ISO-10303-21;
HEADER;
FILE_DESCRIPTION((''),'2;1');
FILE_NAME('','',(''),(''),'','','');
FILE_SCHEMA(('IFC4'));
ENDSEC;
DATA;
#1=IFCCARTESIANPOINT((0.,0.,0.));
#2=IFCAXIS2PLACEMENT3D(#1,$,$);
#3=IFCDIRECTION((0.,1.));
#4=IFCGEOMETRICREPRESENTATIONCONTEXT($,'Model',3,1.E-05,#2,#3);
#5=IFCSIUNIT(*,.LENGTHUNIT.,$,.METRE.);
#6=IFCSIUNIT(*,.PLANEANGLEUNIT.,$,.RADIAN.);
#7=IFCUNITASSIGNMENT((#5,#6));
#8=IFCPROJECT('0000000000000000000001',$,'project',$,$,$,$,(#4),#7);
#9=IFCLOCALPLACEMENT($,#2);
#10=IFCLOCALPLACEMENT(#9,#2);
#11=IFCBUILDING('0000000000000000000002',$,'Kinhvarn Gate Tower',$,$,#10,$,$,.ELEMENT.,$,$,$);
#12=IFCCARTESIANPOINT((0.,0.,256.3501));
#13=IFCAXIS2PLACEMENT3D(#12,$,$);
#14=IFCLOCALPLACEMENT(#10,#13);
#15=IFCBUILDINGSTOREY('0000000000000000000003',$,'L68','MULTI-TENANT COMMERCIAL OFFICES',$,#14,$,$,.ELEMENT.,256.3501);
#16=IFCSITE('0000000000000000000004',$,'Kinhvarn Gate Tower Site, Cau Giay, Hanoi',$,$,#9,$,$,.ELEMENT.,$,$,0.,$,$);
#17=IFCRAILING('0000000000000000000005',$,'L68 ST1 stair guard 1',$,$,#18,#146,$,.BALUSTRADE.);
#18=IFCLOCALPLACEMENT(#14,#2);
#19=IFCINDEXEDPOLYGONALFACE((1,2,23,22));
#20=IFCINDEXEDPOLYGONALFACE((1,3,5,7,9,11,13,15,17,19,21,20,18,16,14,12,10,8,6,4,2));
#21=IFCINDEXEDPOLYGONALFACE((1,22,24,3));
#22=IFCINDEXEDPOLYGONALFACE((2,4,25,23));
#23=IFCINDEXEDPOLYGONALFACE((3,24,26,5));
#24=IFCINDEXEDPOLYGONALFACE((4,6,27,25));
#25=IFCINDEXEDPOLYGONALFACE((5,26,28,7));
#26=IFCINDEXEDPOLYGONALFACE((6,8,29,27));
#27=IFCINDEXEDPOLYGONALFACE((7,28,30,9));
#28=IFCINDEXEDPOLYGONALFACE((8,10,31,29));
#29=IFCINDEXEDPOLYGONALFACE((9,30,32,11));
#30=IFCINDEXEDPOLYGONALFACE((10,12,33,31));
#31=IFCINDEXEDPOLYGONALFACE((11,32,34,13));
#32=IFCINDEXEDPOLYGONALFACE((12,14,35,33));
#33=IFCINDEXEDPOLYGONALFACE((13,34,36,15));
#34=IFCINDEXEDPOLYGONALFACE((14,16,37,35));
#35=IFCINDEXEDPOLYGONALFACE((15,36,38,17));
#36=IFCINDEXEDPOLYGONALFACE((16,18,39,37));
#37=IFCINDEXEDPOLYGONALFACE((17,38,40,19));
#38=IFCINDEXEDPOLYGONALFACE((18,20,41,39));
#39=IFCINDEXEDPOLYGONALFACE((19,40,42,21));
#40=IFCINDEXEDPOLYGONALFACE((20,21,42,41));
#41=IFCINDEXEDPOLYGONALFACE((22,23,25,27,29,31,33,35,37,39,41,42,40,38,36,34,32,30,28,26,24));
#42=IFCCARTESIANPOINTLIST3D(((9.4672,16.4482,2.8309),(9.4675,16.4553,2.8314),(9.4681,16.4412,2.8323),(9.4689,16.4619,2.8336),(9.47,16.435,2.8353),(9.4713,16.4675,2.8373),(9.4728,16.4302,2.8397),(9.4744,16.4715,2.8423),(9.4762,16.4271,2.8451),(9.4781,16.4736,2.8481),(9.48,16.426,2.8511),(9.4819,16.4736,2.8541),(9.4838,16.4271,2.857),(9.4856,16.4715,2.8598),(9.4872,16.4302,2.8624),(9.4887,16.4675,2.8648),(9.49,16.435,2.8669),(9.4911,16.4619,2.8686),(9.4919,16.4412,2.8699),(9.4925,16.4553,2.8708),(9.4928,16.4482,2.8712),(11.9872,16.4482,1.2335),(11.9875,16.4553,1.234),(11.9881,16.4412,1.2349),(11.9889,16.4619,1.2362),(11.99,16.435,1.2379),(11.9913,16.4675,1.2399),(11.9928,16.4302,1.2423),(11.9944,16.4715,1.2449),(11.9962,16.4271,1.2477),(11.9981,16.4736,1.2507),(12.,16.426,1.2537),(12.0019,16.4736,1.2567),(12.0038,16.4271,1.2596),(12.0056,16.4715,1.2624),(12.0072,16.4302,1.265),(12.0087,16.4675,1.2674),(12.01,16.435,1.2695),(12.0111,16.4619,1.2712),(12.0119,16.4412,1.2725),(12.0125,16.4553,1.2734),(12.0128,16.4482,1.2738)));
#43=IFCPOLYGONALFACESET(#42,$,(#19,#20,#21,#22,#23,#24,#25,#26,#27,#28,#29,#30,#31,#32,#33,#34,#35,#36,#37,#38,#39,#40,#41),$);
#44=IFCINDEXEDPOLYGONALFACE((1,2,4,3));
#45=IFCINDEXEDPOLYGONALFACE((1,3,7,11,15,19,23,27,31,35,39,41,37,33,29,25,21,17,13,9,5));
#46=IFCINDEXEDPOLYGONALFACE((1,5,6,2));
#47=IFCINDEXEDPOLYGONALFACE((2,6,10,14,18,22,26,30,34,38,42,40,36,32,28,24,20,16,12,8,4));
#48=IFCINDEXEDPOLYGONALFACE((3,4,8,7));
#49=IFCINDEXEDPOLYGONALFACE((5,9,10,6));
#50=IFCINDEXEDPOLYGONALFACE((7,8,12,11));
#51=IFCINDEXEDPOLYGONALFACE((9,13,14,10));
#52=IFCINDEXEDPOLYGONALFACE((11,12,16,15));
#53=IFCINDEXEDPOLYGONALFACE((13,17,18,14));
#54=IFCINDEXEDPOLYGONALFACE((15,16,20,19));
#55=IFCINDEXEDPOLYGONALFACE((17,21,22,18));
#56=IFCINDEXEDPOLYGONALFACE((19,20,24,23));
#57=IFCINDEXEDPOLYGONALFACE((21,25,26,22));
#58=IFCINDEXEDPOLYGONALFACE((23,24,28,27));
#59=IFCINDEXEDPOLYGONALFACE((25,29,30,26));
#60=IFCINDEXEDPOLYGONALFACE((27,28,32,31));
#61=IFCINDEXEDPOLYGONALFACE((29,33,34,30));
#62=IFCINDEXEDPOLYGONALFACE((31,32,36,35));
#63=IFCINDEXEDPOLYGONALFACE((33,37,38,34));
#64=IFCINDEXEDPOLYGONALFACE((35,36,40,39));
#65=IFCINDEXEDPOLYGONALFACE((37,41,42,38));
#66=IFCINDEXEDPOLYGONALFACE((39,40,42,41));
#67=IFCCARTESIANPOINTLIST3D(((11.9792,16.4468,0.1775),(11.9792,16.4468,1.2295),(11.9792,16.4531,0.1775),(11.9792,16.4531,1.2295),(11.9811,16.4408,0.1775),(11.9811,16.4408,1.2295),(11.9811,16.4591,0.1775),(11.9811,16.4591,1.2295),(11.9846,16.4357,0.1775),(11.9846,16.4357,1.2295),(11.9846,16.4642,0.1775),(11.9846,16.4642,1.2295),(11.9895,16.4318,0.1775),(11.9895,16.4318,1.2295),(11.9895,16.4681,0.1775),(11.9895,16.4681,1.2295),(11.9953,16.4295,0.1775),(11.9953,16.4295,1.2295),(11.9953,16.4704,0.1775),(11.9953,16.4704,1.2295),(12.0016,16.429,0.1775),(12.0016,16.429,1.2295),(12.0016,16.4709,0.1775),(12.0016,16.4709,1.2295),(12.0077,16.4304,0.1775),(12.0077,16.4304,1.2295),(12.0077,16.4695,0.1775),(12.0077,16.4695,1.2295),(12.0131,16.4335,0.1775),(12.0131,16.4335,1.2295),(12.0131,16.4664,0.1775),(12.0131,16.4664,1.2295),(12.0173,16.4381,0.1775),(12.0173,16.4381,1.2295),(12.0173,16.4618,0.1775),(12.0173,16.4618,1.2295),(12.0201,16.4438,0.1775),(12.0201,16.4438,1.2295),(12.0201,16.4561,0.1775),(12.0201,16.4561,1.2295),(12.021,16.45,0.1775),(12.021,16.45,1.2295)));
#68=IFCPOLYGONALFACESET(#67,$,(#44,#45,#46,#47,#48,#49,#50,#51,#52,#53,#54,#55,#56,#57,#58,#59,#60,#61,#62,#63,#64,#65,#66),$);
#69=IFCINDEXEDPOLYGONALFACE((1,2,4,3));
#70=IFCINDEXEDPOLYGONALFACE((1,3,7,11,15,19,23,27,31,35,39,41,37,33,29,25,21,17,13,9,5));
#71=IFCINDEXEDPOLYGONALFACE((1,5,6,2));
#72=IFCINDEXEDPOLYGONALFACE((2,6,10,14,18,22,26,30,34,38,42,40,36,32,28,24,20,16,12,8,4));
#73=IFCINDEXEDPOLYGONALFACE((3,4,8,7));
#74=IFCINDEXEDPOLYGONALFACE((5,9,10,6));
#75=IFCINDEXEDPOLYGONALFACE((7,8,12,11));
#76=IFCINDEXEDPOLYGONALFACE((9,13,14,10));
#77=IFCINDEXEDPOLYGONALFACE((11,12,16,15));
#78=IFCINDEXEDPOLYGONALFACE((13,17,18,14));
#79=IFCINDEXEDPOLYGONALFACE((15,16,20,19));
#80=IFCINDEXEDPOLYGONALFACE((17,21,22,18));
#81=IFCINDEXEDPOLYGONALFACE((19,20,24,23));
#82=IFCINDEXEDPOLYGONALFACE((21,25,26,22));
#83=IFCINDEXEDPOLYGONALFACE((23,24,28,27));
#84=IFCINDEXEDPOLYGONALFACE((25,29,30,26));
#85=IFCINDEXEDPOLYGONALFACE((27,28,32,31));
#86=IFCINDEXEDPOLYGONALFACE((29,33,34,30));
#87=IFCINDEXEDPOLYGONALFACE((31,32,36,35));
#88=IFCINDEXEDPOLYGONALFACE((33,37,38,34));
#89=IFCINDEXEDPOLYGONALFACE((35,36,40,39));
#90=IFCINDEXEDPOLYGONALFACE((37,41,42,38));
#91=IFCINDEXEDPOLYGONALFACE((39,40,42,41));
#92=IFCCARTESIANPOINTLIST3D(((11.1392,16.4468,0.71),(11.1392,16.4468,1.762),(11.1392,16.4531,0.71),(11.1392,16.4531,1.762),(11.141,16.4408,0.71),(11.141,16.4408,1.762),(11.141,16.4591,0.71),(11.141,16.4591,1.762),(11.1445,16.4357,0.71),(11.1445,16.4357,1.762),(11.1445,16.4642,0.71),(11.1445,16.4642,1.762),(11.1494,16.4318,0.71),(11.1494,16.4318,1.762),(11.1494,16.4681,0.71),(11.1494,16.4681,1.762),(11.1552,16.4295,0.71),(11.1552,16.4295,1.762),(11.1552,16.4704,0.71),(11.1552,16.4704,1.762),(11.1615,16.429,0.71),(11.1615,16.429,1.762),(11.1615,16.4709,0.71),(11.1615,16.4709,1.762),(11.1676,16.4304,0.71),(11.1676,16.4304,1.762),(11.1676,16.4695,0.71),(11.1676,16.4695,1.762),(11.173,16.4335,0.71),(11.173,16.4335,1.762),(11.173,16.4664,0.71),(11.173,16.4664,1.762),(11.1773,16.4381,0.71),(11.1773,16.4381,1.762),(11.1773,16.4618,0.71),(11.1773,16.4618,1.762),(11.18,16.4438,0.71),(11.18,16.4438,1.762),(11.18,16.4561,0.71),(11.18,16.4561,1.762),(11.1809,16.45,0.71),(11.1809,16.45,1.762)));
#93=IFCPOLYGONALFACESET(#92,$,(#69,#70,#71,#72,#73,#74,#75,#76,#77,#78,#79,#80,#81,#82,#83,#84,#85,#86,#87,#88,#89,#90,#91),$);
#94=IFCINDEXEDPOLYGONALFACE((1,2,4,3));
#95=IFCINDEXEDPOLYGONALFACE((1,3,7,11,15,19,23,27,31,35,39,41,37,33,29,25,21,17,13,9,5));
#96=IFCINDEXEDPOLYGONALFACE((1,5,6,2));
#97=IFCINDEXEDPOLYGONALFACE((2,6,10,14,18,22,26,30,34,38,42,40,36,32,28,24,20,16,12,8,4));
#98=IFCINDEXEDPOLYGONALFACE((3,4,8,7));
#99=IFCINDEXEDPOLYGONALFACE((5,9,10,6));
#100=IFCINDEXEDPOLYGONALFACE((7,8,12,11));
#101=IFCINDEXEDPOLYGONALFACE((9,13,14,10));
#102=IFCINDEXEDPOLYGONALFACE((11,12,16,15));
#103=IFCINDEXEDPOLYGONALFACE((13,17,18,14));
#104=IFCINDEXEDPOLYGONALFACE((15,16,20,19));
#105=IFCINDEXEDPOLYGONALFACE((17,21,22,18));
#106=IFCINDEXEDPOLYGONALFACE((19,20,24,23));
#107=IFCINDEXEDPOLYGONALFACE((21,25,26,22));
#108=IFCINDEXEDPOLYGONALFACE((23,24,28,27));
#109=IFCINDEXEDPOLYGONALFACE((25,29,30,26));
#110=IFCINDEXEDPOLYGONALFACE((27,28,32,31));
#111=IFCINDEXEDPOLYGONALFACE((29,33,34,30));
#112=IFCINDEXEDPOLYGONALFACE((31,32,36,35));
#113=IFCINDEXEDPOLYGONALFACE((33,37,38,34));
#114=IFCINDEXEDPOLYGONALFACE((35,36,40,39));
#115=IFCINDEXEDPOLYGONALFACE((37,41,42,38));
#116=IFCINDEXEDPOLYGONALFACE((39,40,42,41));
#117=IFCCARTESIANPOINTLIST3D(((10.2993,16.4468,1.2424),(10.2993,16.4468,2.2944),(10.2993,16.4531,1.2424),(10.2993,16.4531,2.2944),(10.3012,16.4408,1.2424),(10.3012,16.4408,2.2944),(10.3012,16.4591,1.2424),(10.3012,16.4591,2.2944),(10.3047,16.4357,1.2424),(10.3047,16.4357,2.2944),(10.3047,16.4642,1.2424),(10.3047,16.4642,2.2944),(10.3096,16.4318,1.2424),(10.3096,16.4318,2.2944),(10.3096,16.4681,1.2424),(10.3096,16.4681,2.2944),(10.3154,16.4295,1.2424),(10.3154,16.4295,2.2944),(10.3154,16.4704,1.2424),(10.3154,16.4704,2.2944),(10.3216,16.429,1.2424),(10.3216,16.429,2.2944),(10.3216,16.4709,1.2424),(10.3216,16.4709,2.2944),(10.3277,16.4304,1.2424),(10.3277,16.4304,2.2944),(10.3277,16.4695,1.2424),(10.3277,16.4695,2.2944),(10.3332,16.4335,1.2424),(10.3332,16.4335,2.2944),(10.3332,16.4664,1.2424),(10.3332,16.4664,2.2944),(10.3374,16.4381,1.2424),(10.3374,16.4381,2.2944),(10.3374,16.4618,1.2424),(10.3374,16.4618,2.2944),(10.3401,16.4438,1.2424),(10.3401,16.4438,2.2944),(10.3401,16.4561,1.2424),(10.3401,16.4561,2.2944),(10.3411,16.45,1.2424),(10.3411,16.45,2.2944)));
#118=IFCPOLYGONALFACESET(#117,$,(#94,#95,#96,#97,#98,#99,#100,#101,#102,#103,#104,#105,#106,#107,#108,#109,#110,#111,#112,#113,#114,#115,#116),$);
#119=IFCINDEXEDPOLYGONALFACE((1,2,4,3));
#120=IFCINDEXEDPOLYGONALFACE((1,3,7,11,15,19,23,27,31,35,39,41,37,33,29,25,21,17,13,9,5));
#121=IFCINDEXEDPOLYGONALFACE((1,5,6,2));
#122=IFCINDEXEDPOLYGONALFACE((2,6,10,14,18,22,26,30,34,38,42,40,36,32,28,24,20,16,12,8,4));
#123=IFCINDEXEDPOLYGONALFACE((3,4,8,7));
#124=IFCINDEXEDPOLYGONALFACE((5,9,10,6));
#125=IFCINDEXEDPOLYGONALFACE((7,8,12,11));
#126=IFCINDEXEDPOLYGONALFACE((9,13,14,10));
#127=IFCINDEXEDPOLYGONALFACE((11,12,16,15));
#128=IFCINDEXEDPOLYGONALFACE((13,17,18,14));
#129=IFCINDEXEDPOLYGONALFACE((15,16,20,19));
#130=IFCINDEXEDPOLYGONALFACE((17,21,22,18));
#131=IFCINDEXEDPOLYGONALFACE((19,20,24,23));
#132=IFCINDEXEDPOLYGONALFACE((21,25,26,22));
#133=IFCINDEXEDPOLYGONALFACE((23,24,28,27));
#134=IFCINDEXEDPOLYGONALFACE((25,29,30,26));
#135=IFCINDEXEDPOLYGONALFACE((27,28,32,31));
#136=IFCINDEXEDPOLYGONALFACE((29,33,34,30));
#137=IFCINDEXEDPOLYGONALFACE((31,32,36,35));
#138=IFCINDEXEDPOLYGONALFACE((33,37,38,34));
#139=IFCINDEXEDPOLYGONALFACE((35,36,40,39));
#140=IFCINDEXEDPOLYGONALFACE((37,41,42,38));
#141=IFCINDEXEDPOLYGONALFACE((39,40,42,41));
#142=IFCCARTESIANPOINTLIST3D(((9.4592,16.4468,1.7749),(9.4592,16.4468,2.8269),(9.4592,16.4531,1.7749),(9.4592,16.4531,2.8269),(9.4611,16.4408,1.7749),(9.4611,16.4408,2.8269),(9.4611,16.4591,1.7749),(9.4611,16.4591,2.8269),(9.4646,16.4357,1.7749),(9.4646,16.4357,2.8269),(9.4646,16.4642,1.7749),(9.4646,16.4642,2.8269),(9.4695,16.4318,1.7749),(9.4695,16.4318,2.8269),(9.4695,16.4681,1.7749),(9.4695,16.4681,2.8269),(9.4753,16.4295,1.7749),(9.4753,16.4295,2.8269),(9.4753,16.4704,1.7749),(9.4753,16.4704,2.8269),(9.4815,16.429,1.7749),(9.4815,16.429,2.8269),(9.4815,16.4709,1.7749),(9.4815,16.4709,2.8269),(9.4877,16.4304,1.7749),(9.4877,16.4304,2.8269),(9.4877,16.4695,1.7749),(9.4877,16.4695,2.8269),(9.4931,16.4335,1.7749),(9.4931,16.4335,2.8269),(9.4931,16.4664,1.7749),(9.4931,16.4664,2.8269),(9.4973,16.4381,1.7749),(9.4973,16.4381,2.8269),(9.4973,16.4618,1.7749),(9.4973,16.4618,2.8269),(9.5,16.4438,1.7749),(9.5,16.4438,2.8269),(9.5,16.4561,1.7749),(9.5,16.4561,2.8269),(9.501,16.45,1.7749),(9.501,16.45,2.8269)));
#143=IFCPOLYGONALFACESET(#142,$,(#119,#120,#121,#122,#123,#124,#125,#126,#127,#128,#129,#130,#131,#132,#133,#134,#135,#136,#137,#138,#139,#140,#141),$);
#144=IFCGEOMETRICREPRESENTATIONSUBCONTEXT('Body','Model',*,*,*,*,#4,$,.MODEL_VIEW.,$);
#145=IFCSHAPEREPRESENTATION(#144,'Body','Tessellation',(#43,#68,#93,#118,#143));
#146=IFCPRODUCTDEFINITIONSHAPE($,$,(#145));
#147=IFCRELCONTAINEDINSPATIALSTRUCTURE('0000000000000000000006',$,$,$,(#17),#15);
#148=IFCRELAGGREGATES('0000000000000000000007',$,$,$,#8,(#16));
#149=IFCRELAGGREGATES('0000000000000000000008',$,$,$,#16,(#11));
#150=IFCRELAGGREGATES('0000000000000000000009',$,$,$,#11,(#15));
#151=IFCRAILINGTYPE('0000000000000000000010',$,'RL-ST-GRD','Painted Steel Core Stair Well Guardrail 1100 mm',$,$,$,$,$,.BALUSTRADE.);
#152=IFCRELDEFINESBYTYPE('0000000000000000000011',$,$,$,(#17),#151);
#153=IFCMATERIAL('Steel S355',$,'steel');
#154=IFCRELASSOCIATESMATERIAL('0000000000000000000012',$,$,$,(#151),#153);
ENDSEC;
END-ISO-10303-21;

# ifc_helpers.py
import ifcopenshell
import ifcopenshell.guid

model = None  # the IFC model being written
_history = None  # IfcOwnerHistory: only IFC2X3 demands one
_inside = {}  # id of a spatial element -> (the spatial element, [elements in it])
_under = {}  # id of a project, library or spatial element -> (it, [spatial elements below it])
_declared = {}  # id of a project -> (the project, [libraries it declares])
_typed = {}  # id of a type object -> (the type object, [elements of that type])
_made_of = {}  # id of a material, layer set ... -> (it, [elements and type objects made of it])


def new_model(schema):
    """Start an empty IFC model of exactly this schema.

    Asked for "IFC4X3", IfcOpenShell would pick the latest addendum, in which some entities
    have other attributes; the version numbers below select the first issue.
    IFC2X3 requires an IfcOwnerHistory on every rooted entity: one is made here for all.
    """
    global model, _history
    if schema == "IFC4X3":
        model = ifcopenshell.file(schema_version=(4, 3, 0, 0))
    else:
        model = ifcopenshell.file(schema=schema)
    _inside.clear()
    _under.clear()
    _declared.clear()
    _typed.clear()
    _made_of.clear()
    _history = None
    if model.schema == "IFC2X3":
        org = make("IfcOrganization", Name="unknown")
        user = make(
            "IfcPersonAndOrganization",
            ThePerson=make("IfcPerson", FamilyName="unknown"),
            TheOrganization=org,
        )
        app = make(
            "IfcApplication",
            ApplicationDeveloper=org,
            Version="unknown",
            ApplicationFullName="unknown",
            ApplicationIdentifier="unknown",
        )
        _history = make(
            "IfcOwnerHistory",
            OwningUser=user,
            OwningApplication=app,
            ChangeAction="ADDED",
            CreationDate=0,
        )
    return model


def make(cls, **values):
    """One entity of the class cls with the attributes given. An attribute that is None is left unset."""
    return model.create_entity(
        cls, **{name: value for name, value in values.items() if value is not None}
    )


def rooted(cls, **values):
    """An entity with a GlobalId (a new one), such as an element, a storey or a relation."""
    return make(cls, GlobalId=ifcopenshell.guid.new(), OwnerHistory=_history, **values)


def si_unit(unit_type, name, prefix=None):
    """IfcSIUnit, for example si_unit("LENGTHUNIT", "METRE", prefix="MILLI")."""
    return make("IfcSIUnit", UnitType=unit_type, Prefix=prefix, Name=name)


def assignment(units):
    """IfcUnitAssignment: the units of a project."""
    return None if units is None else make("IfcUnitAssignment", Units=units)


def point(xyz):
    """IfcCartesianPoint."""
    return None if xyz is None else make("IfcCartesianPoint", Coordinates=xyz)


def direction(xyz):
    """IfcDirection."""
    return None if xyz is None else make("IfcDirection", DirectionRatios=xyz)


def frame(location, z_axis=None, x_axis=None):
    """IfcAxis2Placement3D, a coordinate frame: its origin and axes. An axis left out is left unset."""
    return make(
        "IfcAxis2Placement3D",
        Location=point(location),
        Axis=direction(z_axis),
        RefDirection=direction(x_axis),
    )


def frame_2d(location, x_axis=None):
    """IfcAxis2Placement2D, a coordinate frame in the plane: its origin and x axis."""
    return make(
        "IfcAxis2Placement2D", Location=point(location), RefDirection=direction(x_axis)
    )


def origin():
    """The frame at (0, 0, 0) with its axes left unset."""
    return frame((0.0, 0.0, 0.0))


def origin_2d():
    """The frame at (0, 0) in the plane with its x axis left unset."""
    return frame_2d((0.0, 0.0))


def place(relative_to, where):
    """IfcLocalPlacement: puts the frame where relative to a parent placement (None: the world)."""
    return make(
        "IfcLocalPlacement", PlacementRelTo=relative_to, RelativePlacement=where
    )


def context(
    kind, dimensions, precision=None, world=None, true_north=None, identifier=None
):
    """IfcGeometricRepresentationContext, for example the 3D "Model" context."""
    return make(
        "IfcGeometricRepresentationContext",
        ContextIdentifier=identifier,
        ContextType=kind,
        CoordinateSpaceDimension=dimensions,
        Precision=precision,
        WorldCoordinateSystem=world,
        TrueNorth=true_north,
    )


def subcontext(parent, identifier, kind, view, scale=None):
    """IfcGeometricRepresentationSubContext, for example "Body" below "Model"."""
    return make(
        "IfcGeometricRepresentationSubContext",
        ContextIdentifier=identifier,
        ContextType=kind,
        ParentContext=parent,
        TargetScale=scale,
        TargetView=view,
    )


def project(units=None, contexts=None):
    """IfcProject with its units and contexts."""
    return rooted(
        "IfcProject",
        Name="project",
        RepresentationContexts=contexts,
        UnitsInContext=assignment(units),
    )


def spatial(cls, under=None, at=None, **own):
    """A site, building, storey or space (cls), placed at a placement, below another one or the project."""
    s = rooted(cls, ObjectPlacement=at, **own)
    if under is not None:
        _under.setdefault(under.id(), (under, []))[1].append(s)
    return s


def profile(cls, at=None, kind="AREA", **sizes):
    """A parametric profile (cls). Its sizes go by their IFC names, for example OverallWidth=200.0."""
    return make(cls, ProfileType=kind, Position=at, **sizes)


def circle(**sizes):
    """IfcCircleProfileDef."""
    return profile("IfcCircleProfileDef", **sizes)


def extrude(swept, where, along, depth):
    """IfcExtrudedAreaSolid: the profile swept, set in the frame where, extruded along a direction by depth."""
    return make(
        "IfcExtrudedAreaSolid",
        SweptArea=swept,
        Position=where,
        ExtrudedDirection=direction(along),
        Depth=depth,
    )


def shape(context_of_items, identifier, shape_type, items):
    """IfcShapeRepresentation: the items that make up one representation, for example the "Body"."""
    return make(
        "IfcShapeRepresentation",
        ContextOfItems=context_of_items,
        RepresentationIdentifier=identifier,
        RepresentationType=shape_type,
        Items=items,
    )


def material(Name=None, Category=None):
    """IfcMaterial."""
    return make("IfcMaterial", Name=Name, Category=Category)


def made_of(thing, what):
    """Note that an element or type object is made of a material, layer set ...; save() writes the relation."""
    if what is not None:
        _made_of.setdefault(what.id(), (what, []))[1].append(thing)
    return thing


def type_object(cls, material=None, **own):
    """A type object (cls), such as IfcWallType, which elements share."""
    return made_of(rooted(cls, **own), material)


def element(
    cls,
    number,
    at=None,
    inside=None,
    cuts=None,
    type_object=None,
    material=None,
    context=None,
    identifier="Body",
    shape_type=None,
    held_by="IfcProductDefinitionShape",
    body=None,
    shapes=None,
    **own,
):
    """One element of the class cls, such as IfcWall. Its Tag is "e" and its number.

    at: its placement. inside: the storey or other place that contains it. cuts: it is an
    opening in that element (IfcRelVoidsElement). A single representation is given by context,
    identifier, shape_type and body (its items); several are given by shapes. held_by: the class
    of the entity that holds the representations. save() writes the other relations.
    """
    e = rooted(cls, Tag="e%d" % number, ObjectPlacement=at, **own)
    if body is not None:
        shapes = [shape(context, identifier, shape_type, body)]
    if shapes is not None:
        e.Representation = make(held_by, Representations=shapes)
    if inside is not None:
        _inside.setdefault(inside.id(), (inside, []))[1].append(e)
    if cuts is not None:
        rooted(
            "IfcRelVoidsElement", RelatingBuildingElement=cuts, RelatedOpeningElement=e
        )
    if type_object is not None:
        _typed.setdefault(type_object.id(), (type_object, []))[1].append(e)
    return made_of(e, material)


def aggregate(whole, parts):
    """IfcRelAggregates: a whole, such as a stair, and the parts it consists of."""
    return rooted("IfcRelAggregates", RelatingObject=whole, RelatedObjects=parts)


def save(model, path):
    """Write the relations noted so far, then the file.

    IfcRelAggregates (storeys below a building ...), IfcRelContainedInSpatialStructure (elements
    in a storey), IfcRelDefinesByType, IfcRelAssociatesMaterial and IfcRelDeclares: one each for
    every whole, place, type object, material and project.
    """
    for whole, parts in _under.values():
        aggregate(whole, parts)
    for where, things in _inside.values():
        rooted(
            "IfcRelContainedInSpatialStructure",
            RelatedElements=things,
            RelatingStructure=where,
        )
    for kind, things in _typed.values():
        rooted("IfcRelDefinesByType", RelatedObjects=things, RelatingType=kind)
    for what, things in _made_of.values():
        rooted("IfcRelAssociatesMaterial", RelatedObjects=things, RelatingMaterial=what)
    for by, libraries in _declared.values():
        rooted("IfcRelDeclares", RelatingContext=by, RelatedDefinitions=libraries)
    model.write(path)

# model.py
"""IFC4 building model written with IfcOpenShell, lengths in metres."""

from ifc_helpers import new_model, si_unit, direction, frame, origin, origin_2d, place, context, subcontext, project, spatial, circle, extrude, material, type_object, element, save


model = new_model("IFC4")

# Units and contexts
model_context = context("Model", 3, precision=1e-05, world=origin(), true_north=direction((0.0, 1.0)))
body_context = subcontext(model_context, "Body", "Model", "MODEL_VIEW")
ifc_project = project(units=[si_unit("LENGTHUNIT", "METRE"), si_unit("PLANEANGLEUNIT", "RADIAN")], contexts=[model_context])

# Site, building, storey
site_placement = place(None, origin())
site = spatial("IfcSite", under=ifc_project, at=site_placement, Name="Kinhvarn Gate Tower Site, Cau Giay, Hanoi", CompositionType="ELEMENT", RefElevation=0.0)
building_placement = place(site_placement, origin())
building = spatial("IfcBuilding", under=site, at=building_placement, Name="Kinhvarn Gate Tower", CompositionType="ELEMENT")
storey_placement = place(building_placement, frame((0.0, 0.0, 256.3501)))
storey = spatial("IfcBuildingStorey", under=building, at=storey_placement, Name="L68", Description="MULTI-TENANT COMMERCIAL OFFICES", CompositionType="ELEMENT", Elevation=256.3501)

# Shared definitions
ifc_material_1 = material(Name="Steel S355", Category="steel")

# Railing
railing_type_1 = type_object("IfcRailingType", Name="RL-ST-GRD", Description="Painted Steel Core Stair Well Guardrail 1100 mm", PredefinedType="BALUSTRADE", material=ifc_material_1)
railing_1_placement = place(storey_placement, frame((12.0, 16.45, 0.1775)))
element("IfcRailing", 1, at=railing_1_placement, inside=storey, type_object=railing_type_1, Name="L68 ST1 stair guard 1", PredefinedType="BALUSTRADE", context=body_context, shape_type="SweptSolid", body=[
    extrude(circle(Radius=0.0239, at=origin_2d()), frame((0.0, 0.0, 1.0762), z_axis=(-0.844607, 0.0, 0.535387), x_axis=(0.0, -1.0, 0.0)), (0.0, 0.0, 1.0), 2.9836),
    extrude(circle(Radius=0.021, at=origin_2d()), origin(), (0.0, 0.0, 1.0), 1.052),
    extrude(circle(Radius=0.021, at=origin_2d()), frame((-0.8401, 0.0, 0.5325)), (0.0, 0.0, 1.0), 1.052),
    extrude(circle(Radius=0.021, at=origin_2d()), frame((-1.6799, 0.0, 1.0649)), (0.0, 0.0, 1.0), 1.052),
    extrude(circle(Radius=0.021, at=origin_2d()), frame((-2.52, 0.0, 1.5974)), (0.0, 0.0, 1.0), 1.052),
])

save(model, "model.ifc")
